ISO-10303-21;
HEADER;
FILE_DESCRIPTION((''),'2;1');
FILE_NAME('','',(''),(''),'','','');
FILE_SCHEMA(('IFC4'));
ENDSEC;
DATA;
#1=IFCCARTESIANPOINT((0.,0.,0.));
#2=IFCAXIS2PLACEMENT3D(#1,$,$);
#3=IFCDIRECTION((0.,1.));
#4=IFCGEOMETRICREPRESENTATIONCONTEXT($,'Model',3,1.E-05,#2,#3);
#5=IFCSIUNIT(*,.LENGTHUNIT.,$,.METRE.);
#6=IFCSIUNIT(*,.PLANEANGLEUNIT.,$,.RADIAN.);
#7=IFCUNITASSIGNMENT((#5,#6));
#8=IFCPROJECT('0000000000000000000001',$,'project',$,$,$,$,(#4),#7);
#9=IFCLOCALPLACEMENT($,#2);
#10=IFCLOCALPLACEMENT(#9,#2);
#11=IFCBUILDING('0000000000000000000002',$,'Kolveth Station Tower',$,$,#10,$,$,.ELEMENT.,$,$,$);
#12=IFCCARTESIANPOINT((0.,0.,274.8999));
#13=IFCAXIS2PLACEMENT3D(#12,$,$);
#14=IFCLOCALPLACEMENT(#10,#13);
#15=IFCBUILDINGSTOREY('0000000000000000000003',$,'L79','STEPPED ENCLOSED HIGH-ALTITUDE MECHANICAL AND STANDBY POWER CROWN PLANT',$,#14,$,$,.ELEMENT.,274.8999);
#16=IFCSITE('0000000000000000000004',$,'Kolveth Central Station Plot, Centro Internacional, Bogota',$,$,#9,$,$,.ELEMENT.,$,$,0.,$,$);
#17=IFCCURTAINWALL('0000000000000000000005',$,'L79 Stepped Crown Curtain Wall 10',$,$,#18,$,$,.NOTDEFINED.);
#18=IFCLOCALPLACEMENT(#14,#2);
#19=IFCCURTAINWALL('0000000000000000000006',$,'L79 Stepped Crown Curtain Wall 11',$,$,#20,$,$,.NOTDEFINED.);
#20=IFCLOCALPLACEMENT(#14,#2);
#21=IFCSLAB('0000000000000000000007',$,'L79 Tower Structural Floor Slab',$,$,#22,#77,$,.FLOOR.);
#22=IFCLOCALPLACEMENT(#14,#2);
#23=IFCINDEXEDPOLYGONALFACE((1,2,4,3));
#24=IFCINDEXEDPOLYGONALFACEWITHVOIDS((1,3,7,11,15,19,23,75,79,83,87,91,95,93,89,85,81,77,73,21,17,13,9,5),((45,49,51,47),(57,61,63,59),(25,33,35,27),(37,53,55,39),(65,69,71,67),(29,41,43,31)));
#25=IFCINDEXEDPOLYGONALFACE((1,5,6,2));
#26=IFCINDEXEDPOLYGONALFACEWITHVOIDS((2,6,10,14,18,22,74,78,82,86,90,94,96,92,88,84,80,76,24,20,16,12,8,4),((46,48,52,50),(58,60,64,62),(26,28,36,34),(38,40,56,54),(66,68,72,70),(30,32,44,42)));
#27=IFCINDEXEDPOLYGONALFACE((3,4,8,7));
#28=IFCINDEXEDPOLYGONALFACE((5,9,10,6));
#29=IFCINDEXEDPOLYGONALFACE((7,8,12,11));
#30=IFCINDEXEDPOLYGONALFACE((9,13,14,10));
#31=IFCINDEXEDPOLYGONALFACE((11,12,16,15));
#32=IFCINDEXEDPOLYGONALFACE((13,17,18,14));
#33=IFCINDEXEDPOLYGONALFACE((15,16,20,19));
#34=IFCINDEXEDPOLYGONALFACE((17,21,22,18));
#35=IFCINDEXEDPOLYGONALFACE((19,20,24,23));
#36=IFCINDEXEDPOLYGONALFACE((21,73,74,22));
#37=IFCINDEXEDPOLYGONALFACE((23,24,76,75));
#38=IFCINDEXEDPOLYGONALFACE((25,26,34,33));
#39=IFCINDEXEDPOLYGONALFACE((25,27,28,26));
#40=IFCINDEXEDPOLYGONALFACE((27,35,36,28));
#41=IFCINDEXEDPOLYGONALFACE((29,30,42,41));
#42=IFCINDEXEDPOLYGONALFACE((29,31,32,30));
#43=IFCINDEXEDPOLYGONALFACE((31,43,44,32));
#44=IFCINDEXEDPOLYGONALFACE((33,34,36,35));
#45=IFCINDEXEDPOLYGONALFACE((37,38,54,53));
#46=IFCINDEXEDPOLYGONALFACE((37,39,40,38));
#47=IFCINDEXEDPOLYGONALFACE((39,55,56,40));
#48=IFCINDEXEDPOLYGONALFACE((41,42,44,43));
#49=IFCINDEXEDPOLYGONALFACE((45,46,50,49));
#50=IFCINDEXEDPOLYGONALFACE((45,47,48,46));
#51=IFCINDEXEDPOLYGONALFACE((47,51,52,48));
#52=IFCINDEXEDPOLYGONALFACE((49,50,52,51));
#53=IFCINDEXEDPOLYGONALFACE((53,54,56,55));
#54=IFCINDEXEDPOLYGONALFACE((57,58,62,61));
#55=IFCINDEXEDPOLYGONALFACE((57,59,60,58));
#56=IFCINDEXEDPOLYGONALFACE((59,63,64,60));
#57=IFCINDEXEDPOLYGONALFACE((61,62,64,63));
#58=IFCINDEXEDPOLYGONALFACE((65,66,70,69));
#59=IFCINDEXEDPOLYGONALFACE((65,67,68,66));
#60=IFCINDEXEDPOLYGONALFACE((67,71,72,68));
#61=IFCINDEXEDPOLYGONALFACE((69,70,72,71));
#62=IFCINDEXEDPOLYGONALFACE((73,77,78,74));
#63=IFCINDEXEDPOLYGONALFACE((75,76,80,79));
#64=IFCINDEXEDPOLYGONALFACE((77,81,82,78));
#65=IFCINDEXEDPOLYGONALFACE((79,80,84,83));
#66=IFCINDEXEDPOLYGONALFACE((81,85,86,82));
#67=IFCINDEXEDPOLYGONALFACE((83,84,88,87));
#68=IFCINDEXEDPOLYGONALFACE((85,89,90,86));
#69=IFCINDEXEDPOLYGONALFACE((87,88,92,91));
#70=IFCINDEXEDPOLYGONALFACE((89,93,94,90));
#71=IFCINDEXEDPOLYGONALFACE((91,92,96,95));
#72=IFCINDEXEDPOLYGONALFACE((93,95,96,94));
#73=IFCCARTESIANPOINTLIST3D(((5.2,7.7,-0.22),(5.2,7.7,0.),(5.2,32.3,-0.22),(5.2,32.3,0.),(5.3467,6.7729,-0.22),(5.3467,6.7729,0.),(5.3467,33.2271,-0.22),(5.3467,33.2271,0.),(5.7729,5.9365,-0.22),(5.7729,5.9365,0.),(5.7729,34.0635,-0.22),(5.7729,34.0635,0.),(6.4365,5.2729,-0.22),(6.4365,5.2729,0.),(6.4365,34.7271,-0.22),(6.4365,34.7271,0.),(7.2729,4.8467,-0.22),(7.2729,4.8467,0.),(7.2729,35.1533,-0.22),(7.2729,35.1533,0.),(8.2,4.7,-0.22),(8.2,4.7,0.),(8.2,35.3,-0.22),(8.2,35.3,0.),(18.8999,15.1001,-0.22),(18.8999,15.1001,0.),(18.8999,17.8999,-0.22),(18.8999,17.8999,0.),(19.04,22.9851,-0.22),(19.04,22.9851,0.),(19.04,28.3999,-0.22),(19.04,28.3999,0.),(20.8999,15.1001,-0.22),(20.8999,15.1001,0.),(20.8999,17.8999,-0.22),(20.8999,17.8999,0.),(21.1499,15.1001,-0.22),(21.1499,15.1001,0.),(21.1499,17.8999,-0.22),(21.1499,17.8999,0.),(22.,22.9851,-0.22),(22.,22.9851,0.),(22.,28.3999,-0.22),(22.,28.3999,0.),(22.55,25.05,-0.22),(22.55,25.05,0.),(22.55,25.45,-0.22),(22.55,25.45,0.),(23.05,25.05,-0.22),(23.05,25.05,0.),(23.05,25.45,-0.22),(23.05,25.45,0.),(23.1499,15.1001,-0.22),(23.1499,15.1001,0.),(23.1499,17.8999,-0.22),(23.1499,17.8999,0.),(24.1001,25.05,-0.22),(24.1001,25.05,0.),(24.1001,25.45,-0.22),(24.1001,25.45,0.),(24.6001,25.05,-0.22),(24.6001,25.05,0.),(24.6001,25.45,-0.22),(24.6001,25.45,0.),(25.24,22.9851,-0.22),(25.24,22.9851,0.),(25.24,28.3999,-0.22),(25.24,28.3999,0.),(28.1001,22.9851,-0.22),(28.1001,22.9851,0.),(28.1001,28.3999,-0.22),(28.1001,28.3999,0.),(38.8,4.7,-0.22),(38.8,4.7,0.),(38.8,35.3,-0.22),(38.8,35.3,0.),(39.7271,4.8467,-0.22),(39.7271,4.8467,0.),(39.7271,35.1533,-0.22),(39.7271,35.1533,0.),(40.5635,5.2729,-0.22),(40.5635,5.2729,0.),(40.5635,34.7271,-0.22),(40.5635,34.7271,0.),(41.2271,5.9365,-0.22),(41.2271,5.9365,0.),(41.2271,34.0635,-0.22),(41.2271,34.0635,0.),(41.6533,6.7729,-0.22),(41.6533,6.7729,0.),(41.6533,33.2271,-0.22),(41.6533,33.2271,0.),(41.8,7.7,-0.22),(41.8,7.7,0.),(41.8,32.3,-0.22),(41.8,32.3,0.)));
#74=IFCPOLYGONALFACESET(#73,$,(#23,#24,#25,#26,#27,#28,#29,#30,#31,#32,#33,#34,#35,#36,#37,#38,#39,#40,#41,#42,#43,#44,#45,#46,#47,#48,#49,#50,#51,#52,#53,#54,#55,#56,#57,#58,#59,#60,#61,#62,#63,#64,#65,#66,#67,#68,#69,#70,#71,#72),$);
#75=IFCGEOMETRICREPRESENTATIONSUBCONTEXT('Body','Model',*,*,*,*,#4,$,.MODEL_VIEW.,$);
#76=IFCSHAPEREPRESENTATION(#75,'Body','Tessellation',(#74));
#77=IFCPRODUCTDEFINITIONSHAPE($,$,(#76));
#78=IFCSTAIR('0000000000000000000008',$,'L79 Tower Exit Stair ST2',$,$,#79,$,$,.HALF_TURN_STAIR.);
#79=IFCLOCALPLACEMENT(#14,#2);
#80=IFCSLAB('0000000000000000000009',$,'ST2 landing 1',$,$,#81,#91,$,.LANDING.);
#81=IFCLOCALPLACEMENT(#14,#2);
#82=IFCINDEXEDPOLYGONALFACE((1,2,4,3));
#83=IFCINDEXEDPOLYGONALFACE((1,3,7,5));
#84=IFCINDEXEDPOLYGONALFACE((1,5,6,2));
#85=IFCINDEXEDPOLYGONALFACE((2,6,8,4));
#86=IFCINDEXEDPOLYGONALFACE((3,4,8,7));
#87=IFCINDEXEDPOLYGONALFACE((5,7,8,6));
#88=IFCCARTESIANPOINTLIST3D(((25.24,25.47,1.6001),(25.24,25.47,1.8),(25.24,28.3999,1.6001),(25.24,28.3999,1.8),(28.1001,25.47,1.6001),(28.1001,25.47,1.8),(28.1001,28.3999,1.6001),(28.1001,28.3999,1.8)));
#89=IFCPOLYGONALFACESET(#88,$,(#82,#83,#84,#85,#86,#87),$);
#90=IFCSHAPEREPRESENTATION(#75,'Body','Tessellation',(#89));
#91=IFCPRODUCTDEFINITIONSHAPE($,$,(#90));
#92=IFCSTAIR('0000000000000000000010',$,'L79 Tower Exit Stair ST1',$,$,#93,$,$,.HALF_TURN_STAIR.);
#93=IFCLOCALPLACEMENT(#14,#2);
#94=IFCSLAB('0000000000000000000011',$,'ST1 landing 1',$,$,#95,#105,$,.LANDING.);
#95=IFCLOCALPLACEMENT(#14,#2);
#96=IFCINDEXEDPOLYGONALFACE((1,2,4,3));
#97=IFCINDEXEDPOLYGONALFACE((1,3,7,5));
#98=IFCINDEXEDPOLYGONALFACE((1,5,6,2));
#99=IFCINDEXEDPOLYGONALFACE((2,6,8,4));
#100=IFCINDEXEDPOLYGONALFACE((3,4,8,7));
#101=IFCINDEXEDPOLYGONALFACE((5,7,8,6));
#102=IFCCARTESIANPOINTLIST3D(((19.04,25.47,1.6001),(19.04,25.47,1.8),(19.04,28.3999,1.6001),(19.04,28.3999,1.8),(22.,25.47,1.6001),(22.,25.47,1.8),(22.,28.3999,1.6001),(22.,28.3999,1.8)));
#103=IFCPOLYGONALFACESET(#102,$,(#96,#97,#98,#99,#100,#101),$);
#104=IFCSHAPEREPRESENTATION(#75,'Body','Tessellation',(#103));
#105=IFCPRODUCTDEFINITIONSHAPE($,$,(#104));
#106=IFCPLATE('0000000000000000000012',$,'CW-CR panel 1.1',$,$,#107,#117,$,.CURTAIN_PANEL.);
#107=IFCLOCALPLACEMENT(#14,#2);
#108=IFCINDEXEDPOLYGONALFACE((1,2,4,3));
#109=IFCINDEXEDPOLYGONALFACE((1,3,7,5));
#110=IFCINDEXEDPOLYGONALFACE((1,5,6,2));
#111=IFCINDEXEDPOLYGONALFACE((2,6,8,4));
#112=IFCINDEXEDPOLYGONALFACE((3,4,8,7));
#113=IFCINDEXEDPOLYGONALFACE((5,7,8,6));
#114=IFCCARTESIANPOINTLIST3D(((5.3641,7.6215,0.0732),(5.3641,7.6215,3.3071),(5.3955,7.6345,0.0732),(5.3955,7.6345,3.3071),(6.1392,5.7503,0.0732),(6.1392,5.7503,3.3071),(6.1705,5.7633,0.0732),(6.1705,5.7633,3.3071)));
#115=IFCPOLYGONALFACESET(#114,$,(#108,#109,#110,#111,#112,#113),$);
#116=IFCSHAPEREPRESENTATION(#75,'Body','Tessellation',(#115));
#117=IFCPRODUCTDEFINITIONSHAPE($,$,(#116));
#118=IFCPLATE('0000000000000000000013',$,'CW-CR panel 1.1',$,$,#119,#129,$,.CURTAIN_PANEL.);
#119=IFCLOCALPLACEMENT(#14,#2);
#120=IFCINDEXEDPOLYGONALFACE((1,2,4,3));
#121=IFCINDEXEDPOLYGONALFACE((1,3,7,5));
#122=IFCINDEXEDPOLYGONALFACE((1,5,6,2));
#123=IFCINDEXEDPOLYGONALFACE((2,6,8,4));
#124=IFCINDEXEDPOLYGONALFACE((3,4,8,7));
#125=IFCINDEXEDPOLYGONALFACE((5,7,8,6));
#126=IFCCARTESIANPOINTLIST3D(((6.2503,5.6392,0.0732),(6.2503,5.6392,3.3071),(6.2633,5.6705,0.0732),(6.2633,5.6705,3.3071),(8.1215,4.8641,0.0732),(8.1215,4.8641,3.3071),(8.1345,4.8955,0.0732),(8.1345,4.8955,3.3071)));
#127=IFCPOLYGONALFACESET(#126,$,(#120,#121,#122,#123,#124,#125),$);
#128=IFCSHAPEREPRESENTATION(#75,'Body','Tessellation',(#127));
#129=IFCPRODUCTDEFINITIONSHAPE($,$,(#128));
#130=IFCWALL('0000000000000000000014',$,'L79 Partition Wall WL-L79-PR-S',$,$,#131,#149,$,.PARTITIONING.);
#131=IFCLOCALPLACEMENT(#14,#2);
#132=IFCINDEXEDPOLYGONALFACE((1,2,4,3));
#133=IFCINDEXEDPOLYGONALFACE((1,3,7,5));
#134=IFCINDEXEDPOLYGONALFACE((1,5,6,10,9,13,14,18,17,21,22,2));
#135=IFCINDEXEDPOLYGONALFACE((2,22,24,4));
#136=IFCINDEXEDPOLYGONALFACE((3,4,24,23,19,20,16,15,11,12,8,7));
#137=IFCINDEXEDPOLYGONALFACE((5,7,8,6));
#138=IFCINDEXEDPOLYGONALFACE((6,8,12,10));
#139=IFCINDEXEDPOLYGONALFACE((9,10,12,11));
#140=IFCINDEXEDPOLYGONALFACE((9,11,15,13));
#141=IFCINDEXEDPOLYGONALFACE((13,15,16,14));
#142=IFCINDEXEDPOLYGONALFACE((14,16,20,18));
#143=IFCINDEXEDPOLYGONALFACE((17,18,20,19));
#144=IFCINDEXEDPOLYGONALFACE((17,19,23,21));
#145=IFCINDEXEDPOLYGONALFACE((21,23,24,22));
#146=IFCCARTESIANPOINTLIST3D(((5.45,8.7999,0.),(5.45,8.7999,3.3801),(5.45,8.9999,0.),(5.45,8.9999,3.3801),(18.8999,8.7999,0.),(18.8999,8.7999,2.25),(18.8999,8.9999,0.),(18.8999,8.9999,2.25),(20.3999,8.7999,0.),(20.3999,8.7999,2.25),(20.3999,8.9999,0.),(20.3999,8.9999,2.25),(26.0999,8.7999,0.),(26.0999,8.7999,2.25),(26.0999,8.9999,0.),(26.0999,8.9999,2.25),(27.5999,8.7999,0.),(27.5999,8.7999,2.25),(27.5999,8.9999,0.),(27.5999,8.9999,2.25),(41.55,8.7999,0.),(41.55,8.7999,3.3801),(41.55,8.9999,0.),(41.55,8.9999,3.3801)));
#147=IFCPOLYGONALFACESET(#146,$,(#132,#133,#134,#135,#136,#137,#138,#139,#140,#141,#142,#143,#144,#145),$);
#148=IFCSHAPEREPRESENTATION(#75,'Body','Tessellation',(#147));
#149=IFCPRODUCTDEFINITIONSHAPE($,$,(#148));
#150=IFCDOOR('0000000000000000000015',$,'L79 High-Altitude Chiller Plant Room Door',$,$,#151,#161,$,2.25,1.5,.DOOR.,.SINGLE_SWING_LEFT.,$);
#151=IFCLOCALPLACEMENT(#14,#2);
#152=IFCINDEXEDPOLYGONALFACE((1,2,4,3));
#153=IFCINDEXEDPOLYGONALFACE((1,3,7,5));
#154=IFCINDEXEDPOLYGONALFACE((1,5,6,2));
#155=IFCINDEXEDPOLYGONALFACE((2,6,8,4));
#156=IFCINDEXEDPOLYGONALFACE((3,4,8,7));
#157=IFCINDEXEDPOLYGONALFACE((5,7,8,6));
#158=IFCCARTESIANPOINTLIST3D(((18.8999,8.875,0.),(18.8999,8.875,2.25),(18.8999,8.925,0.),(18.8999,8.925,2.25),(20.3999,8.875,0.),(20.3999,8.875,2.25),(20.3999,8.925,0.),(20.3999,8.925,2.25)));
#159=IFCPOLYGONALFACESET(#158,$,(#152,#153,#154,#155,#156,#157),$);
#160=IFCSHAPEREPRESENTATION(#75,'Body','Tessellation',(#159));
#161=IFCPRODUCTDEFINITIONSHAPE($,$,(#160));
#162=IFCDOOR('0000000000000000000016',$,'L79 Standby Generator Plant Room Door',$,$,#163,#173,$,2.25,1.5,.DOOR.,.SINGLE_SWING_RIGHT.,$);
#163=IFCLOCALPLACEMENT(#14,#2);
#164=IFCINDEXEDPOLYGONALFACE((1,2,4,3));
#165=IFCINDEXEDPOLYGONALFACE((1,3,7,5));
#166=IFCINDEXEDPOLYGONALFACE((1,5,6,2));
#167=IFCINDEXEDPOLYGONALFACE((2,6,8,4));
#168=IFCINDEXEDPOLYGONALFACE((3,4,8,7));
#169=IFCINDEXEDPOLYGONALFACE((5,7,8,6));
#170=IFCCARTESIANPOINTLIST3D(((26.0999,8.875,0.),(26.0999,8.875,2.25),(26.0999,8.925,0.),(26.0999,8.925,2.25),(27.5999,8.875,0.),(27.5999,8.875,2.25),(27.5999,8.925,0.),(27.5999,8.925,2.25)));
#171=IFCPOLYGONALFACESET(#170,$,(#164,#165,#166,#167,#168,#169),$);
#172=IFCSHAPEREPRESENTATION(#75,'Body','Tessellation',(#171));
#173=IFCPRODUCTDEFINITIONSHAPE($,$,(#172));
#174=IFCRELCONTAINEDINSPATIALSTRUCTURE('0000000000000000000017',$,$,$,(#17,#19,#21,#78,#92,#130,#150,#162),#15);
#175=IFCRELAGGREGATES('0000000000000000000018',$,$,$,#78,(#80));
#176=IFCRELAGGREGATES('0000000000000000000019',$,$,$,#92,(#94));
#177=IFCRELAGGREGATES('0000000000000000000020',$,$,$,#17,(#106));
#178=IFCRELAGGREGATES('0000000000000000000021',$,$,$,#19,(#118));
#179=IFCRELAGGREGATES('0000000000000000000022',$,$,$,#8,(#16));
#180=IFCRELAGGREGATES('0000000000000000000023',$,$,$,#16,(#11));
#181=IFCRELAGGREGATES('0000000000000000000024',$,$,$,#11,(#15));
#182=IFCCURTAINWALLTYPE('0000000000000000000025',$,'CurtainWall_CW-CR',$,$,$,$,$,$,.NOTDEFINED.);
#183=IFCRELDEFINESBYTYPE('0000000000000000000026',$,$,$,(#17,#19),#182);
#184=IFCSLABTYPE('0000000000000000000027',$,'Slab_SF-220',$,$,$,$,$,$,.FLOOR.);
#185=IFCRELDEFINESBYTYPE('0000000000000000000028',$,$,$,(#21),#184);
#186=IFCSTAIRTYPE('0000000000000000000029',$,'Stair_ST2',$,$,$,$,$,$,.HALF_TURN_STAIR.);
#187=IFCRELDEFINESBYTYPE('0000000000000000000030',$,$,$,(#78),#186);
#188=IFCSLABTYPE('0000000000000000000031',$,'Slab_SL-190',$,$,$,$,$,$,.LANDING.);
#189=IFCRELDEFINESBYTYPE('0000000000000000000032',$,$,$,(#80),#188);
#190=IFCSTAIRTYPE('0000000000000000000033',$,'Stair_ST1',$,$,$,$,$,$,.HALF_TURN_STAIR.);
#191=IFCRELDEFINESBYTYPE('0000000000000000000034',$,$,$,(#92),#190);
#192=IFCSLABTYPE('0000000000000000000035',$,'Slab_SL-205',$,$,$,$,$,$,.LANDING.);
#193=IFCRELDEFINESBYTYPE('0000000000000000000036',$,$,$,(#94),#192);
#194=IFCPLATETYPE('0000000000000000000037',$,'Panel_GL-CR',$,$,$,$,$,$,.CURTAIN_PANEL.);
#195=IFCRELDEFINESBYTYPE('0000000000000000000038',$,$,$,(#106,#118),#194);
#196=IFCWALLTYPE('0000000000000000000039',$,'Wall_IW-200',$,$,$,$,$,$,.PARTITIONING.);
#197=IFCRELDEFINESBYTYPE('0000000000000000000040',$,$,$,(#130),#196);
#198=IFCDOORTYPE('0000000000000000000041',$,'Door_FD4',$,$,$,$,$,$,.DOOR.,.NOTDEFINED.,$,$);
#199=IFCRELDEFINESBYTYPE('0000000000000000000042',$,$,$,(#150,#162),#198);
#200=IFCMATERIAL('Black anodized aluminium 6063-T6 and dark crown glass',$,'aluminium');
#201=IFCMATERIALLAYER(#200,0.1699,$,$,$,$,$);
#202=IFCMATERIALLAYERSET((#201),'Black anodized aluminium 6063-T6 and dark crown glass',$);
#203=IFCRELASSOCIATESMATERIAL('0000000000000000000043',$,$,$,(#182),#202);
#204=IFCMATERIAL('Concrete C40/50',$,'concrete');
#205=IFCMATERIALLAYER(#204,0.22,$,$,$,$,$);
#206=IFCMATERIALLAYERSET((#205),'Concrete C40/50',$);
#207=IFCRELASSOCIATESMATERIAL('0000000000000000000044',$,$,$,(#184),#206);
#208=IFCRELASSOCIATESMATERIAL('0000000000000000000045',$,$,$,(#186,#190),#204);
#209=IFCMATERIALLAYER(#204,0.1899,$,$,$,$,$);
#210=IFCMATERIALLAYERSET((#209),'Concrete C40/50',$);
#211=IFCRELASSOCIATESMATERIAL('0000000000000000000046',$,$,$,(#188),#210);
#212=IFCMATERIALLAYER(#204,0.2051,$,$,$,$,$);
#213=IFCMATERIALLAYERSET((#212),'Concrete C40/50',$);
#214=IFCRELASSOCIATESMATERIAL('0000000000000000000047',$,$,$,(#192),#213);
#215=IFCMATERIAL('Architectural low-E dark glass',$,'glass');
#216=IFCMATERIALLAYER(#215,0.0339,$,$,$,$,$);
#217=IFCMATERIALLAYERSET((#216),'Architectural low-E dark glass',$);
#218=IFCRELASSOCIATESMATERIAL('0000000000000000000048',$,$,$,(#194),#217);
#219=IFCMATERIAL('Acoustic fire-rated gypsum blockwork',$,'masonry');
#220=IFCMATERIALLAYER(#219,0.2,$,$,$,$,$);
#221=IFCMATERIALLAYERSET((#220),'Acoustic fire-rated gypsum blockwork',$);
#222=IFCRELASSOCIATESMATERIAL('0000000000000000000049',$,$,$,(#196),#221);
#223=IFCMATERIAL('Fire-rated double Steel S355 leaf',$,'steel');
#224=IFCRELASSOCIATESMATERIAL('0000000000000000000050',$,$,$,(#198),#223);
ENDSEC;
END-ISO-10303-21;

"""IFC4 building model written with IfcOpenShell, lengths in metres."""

from ifc_helpers import new_model, si_unit, direction, frame, frame_2d, origin, origin_2d, place, context, subcontext, project, spatial, polyline, rectangle, outline, extrude, source, transform, mapped, material, layer, layer_set, type_object, element, fill, aggregate, save


model = new_model("IFC4")

# Units and contexts
model_context = context("Model", 3, precision=1e-05, world=origin(), true_north=direction((0.0, 1.0)))
body_context = subcontext(model_context, "Body", "Model", "MODEL_VIEW")
ifc_project = project(units=[si_unit("LENGTHUNIT", "METRE"), si_unit("PLANEANGLEUNIT", "RADIAN")], contexts=[model_context])

# Site, building, storey
site_placement = place(None, origin())
site = spatial("IfcSite", under=ifc_project, at=site_placement, Name="Kolveth Central Station Plot, Centro Internacional, Bogota", CompositionType="ELEMENT", RefElevation=0.0)
building_placement = place(site_placement, origin())
building = spatial("IfcBuilding", under=site, at=building_placement, Name="Kolveth Station Tower", CompositionType="ELEMENT")
storey_placement = place(building_placement, frame((0.0, 0.0, 274.8999)))
storey = spatial("IfcBuildingStorey", under=building, at=storey_placement, Name="L79", Description="STEPPED ENCLOSED HIGH-ALTITUDE MECHANICAL AND STANDBY POWER CROWN PLANT", CompositionType="ELEMENT", Elevation=274.8999)

# Curtain walls
ifc_material_1 = material(Name="Black anodized aluminium 6063-T6 and dark crown glass", Category="aluminium")
ifc_layer_1 = layer(ifc_material_1, 0.1699)
ifc_layer_set_1 = layer_set([ifc_layer_1], Name="Black anodized aluminium 6063-T6 and dark crown glass")
curtain_wall_type = type_object("IfcCurtainWallType", Name="CurtainWall_CW-CR", PredefinedType="NOTDEFINED", material=ifc_layer_set_1)
curtain_wall_1_placement = place(storey_placement, origin())
curtain_wall_1 = element("IfcCurtainWall", 1, at=curtain_wall_1_placement, inside=storey, type_object=curtain_wall_type, Name="L79 Stepped Crown Curtain Wall 10", PredefinedType="NOTDEFINED")
curtain_wall_2_placement = place(storey_placement, origin())
curtain_wall_2 = element("IfcCurtainWall", 2, at=curtain_wall_2_placement, inside=storey, type_object=curtain_wall_type, Name="L79 Stepped Crown Curtain Wall 11", PredefinedType="NOTDEFINED")

# Slab
ifc_material_2 = material(Name="Concrete C40/50", Category="concrete")
ifc_layer_2 = layer(ifc_material_2, 0.22)
ifc_layer_set_2 = layer_set([ifc_layer_2], Name="Concrete C40/50")
slab_type_1 = type_object("IfcSlabType", Name="Slab_SF-220", PredefinedType="FLOOR", material=ifc_layer_set_2)
slab_1_placement = place(storey_placement, frame((0.0, 0.0, -0.22)))
element("IfcSlab", 3, at=slab_1_placement, inside=storey, type_object=slab_type_1, Name="L79 Tower Structural Floor Slab", PredefinedType="FLOOR", context=body_context, shape_type="SweptSolid", body=[
    extrude(outline(polyline([(38.8, 4.7), (39.7271, 4.8467), (40.5635, 5.2729), (41.2271, 5.9365), (41.6533, 6.7729), (41.8, 7.7), (41.8, 32.3), (41.6533, 33.2271), (41.2271, 34.0635), (40.5635, 34.7271), (39.7271, 35.1533), (38.8, 35.3), (8.2, 35.3), (7.2729, 35.1533), (6.4365, 34.7271), (5.7729, 34.0635), (5.3467, 33.2271), (5.2, 32.3), (5.2, 7.7), (5.3467, 6.7729), (5.7729, 5.9365), (6.4365, 5.2729), (7.2729, 4.8467), (8.2, 4.7), (38.8, 4.7)]), holes=[polyline([(19.04, 22.9851), (22.0, 22.9851), (22.0, 28.3999), (19.04, 28.3999), (19.04, 22.9851)]), polyline([(25.24, 22.9851), (28.1001, 22.9851), (28.1001, 28.3999), (25.24, 28.3999), (25.24, 22.9851)]), polyline([(18.8999, 15.1001), (20.8999, 15.1001), (20.8999, 17.8999), (18.8999, 17.8999), (18.8999, 15.1001)]), polyline([(21.1499, 15.1001), (23.1499, 15.1001), (23.1499, 17.8999), (21.1499, 17.8999), (21.1499, 15.1001)]), polyline([(22.55, 25.05), (23.05, 25.05), (23.05, 25.45), (22.55, 25.45), (22.55, 25.05)]), polyline([(24.1001, 25.05), (24.6001, 25.05), (24.6001, 25.45), (24.1001, 25.45), (24.1001, 25.05)])]), origin(), (0.0, 0.0, 1.0), 0.22),
])

# Stairs, slabs
stair_type_1 = type_object("IfcStairType", Name="Stair_ST2", PredefinedType="HALF_TURN_STAIR", material=ifc_material_2)
stair_1_placement = place(storey_placement, origin())
stair_1 = element("IfcStair", 4, at=stair_1_placement, inside=storey, type_object=stair_type_1, Name="L79 Tower Exit Stair ST2", PredefinedType="HALF_TURN_STAIR")
ifc_layer_3 = layer(ifc_material_2, 0.1899)
ifc_layer_set_3 = layer_set([ifc_layer_3], Name="Concrete C40/50")
slab_type_2 = type_object("IfcSlabType", Name="Slab_SL-190", PredefinedType="LANDING", material=ifc_layer_set_3)
slab_2_placement = place(storey_placement, frame((0.0, 0.0, 1.6001)))
slab_2 = element("IfcSlab", 5, at=slab_2_placement, type_object=slab_type_2, Name="ST2 landing 1", PredefinedType="LANDING", context=body_context, shape_type="SweptSolid", body=[
    extrude(outline(polyline([(28.1001, 25.47), (28.1001, 28.3999), (25.24, 28.3999), (25.24, 25.47), (28.1001, 25.47)])), origin(), (0.0, 0.0, 1.0), 0.2),
])
aggregate(stair_1, [slab_2])
stair_type_2 = type_object("IfcStairType", Name="Stair_ST1", PredefinedType="HALF_TURN_STAIR", material=ifc_material_2)
stair_2_placement = place(storey_placement, origin())
stair_2 = element("IfcStair", 6, at=stair_2_placement, inside=storey, type_object=stair_type_2, Name="L79 Tower Exit Stair ST1", PredefinedType="HALF_TURN_STAIR")
ifc_layer_4 = layer(ifc_material_2, 0.2051)
ifc_layer_set_4 = layer_set([ifc_layer_4], Name="Concrete C40/50")
slab_type_3 = type_object("IfcSlabType", Name="Slab_SL-205", PredefinedType="LANDING", material=ifc_layer_set_4)
slab_3_placement = place(storey_placement, frame((0.0, 0.0, 1.6001)))
slab_3 = element("IfcSlab", 7, at=slab_3_placement, type_object=slab_type_3, Name="ST1 landing 1", PredefinedType="LANDING", context=body_context, shape_type="SweptSolid", body=[
    extrude(outline(polyline([(22.0, 25.47), (22.0, 28.3999), (19.04, 28.3999), (19.04, 25.47), (22.0, 25.47)])), origin(), (0.0, 0.0, 1.0), 0.2),
])
aggregate(stair_2, [slab_3])

# Plates
ifc_material_3 = material(Name="Architectural low-E dark glass", Category="glass")
ifc_layer_5 = layer(ifc_material_3, 0.0339)
ifc_layer_set_5 = layer_set([ifc_layer_5], Name="Architectural low-E dark glass")
plate_type = type_object("IfcPlateType", Name="Panel_GL-CR", PredefinedType="CURTAIN_PANEL", material=ifc_layer_set_5)
shared_shape_1 = source(origin(), body_context, "Body", "SweptSolid", [
    extrude(rectangle(XDim=2.0254, YDim=0.0339, at=origin_2d()), origin(), (0.0, 0.0, 1.0), 3.2339),
])
plate_1_placement = place(storey_placement, frame((5.7673, 6.6924, 0.0732), z_axis=(0.0, 0.0, 1.0), x_axis=(0.382658, -0.92389, 0.0)))
plate_1 = element("IfcPlate", 8, at=plate_1_placement, type_object=plate_type, Name="CW-CR panel 1.1", PredefinedType="CURTAIN_PANEL", context=body_context, shape_type="MappedRepresentation", body=[
    mapped(shared_shape_1, transform((0.0, 0.0, 0.0), x_axis=(1.0, 0.0, 0.0), y_axis=(0.0, 1.0, 0.0), z_axis=(0.0, 0.0, 1.0), scale=1.0)),
])
aggregate(curtain_wall_1, [plate_1])
plate_2_placement = place(storey_placement, frame((7.1924, 5.2673, 0.0732), z_axis=(0.0, 0.0, 1.0), x_axis=(0.92389, -0.382658, 0.0)))
plate_2 = element("IfcPlate", 9, at=plate_2_placement, type_object=plate_type, Name="CW-CR panel 1.1", PredefinedType="CURTAIN_PANEL", context=body_context, shape_type="MappedRepresentation", body=[
    mapped(shared_shape_1, transform((0.0, 0.0, 0.0), x_axis=(1.0, 0.0, 0.0), y_axis=(0.0, 1.0, 0.0), z_axis=(0.0, 0.0, 1.0), scale=1.0)),
])
aggregate(curtain_wall_2, [plate_2])

# Wall, openings, doors
ifc_material_4 = material(Name="Acoustic fire-rated gypsum blockwork", Category="masonry")
ifc_layer_6 = layer(ifc_material_4, 0.2)
ifc_layer_set_6 = layer_set([ifc_layer_6], Name="Acoustic fire-rated gypsum blockwork")
wall_type = type_object("IfcWallType", Name="Wall_IW-200", PredefinedType="PARTITIONING", material=ifc_layer_set_6)
wall_1_placement = place(storey_placement, frame((5.45, 8.8999, 0.0), z_axis=(0.0, 0.0, 1.0), x_axis=(1.0, 0.0, 0.0)))
wall_1 = element("IfcWall", 10, at=wall_1_placement, inside=storey, type_object=wall_type, Name="L79 Partition Wall WL-L79-PR-S", PredefinedType="PARTITIONING", context=body_context, shape_type="SweptSolid", body=[
    extrude(rectangle(XDim=36.1001, YDim=0.2, at=frame_2d((18.05, 0.0))), origin(), (0.0, 0.0, 1.0), 3.3801),
])
opening_1_placement = place(wall_1_placement, frame((13.45, 0.0, 0.0)))
opening_1 = element("IfcOpeningElement", 11, at=opening_1_placement, cuts=wall_1, PredefinedType="OPENING", context=body_context, shape_type="SweptSolid", body=[
    extrude(rectangle(XDim=1.5, YDim=2.25, at=frame_2d((0.75, 1.125))), frame((0.0, 0.1099, 0.0), z_axis=(0.0, -1.0, 0.0), x_axis=(1.0, 0.0, 0.0)), (0.0, 0.0, 1.0), 0.22),
])
opening_2_placement = place(wall_1_placement, frame((20.6499, 0.0, 0.0)))
opening_2 = element("IfcOpeningElement", 12, at=opening_2_placement, cuts=wall_1, PredefinedType="OPENING", context=body_context, shape_type="SweptSolid", body=[
    extrude(rectangle(XDim=1.5, YDim=2.25, at=frame_2d((0.75, 1.125))), frame((0.0, 0.1099, 0.0), z_axis=(0.0, -1.0, 0.0), x_axis=(1.0, 0.0, 0.0)), (0.0, 0.0, 1.0), 0.22),
])
ifc_material_5 = material(Name="Fire-rated double Steel S355 leaf", Category="steel")
door_type = type_object("IfcDoorType", Name="Door_FD4", OperationType="NOTDEFINED", PredefinedType="DOOR", material=ifc_material_5)
door_1_placement = place(opening_1_placement, frame((1.5, 0.0, 0.0), z_axis=(0.0, 0.0, 1.0), x_axis=(-1.0, 0.0, 0.0)))
door_1 = element("IfcDoor", 13, at=door_1_placement, inside=storey, type_object=door_type, Name="L79 High-Altitude Chiller Plant Room Door", OperationType="SINGLE_SWING_LEFT", OverallHeight=2.25, OverallWidth=1.5, PredefinedType="DOOR", context=body_context, shape_type="SweptSolid", body=[
    extrude(rectangle(XDim=1.5, YDim=2.25, at=frame_2d((0.75, 1.125))), frame((0.0, 0.0249, 0.0), z_axis=(0.0, -1.0, 0.0), x_axis=(1.0, 0.0, 0.0)), (0.0, 0.0, 1.0), 0.05),
])
fill(opening_1, door_1)
door_2_placement = place(opening_2_placement, frame((1.5, 0.0, 0.0), z_axis=(0.0, 0.0, 1.0), x_axis=(-1.0, 0.0, 0.0)))
door_2 = element("IfcDoor", 14, at=door_2_placement, inside=storey, type_object=door_type, Name="L79 Standby Generator Plant Room Door", OperationType="SINGLE_SWING_RIGHT", OverallHeight=2.25, OverallWidth=1.5, PredefinedType="DOOR", context=body_context, shape_type="SweptSolid", body=[
    extrude(rectangle(XDim=1.5, YDim=2.25, at=frame_2d((0.75, 1.125))), frame((0.0, 0.0249, 0.0), z_axis=(0.0, -1.0, 0.0), x_axis=(1.0, 0.0, 0.0)), (0.0, 0.0, 1.0), 0.05),
])
fill(opening_2, door_2)

save(model, "model.ifc")
